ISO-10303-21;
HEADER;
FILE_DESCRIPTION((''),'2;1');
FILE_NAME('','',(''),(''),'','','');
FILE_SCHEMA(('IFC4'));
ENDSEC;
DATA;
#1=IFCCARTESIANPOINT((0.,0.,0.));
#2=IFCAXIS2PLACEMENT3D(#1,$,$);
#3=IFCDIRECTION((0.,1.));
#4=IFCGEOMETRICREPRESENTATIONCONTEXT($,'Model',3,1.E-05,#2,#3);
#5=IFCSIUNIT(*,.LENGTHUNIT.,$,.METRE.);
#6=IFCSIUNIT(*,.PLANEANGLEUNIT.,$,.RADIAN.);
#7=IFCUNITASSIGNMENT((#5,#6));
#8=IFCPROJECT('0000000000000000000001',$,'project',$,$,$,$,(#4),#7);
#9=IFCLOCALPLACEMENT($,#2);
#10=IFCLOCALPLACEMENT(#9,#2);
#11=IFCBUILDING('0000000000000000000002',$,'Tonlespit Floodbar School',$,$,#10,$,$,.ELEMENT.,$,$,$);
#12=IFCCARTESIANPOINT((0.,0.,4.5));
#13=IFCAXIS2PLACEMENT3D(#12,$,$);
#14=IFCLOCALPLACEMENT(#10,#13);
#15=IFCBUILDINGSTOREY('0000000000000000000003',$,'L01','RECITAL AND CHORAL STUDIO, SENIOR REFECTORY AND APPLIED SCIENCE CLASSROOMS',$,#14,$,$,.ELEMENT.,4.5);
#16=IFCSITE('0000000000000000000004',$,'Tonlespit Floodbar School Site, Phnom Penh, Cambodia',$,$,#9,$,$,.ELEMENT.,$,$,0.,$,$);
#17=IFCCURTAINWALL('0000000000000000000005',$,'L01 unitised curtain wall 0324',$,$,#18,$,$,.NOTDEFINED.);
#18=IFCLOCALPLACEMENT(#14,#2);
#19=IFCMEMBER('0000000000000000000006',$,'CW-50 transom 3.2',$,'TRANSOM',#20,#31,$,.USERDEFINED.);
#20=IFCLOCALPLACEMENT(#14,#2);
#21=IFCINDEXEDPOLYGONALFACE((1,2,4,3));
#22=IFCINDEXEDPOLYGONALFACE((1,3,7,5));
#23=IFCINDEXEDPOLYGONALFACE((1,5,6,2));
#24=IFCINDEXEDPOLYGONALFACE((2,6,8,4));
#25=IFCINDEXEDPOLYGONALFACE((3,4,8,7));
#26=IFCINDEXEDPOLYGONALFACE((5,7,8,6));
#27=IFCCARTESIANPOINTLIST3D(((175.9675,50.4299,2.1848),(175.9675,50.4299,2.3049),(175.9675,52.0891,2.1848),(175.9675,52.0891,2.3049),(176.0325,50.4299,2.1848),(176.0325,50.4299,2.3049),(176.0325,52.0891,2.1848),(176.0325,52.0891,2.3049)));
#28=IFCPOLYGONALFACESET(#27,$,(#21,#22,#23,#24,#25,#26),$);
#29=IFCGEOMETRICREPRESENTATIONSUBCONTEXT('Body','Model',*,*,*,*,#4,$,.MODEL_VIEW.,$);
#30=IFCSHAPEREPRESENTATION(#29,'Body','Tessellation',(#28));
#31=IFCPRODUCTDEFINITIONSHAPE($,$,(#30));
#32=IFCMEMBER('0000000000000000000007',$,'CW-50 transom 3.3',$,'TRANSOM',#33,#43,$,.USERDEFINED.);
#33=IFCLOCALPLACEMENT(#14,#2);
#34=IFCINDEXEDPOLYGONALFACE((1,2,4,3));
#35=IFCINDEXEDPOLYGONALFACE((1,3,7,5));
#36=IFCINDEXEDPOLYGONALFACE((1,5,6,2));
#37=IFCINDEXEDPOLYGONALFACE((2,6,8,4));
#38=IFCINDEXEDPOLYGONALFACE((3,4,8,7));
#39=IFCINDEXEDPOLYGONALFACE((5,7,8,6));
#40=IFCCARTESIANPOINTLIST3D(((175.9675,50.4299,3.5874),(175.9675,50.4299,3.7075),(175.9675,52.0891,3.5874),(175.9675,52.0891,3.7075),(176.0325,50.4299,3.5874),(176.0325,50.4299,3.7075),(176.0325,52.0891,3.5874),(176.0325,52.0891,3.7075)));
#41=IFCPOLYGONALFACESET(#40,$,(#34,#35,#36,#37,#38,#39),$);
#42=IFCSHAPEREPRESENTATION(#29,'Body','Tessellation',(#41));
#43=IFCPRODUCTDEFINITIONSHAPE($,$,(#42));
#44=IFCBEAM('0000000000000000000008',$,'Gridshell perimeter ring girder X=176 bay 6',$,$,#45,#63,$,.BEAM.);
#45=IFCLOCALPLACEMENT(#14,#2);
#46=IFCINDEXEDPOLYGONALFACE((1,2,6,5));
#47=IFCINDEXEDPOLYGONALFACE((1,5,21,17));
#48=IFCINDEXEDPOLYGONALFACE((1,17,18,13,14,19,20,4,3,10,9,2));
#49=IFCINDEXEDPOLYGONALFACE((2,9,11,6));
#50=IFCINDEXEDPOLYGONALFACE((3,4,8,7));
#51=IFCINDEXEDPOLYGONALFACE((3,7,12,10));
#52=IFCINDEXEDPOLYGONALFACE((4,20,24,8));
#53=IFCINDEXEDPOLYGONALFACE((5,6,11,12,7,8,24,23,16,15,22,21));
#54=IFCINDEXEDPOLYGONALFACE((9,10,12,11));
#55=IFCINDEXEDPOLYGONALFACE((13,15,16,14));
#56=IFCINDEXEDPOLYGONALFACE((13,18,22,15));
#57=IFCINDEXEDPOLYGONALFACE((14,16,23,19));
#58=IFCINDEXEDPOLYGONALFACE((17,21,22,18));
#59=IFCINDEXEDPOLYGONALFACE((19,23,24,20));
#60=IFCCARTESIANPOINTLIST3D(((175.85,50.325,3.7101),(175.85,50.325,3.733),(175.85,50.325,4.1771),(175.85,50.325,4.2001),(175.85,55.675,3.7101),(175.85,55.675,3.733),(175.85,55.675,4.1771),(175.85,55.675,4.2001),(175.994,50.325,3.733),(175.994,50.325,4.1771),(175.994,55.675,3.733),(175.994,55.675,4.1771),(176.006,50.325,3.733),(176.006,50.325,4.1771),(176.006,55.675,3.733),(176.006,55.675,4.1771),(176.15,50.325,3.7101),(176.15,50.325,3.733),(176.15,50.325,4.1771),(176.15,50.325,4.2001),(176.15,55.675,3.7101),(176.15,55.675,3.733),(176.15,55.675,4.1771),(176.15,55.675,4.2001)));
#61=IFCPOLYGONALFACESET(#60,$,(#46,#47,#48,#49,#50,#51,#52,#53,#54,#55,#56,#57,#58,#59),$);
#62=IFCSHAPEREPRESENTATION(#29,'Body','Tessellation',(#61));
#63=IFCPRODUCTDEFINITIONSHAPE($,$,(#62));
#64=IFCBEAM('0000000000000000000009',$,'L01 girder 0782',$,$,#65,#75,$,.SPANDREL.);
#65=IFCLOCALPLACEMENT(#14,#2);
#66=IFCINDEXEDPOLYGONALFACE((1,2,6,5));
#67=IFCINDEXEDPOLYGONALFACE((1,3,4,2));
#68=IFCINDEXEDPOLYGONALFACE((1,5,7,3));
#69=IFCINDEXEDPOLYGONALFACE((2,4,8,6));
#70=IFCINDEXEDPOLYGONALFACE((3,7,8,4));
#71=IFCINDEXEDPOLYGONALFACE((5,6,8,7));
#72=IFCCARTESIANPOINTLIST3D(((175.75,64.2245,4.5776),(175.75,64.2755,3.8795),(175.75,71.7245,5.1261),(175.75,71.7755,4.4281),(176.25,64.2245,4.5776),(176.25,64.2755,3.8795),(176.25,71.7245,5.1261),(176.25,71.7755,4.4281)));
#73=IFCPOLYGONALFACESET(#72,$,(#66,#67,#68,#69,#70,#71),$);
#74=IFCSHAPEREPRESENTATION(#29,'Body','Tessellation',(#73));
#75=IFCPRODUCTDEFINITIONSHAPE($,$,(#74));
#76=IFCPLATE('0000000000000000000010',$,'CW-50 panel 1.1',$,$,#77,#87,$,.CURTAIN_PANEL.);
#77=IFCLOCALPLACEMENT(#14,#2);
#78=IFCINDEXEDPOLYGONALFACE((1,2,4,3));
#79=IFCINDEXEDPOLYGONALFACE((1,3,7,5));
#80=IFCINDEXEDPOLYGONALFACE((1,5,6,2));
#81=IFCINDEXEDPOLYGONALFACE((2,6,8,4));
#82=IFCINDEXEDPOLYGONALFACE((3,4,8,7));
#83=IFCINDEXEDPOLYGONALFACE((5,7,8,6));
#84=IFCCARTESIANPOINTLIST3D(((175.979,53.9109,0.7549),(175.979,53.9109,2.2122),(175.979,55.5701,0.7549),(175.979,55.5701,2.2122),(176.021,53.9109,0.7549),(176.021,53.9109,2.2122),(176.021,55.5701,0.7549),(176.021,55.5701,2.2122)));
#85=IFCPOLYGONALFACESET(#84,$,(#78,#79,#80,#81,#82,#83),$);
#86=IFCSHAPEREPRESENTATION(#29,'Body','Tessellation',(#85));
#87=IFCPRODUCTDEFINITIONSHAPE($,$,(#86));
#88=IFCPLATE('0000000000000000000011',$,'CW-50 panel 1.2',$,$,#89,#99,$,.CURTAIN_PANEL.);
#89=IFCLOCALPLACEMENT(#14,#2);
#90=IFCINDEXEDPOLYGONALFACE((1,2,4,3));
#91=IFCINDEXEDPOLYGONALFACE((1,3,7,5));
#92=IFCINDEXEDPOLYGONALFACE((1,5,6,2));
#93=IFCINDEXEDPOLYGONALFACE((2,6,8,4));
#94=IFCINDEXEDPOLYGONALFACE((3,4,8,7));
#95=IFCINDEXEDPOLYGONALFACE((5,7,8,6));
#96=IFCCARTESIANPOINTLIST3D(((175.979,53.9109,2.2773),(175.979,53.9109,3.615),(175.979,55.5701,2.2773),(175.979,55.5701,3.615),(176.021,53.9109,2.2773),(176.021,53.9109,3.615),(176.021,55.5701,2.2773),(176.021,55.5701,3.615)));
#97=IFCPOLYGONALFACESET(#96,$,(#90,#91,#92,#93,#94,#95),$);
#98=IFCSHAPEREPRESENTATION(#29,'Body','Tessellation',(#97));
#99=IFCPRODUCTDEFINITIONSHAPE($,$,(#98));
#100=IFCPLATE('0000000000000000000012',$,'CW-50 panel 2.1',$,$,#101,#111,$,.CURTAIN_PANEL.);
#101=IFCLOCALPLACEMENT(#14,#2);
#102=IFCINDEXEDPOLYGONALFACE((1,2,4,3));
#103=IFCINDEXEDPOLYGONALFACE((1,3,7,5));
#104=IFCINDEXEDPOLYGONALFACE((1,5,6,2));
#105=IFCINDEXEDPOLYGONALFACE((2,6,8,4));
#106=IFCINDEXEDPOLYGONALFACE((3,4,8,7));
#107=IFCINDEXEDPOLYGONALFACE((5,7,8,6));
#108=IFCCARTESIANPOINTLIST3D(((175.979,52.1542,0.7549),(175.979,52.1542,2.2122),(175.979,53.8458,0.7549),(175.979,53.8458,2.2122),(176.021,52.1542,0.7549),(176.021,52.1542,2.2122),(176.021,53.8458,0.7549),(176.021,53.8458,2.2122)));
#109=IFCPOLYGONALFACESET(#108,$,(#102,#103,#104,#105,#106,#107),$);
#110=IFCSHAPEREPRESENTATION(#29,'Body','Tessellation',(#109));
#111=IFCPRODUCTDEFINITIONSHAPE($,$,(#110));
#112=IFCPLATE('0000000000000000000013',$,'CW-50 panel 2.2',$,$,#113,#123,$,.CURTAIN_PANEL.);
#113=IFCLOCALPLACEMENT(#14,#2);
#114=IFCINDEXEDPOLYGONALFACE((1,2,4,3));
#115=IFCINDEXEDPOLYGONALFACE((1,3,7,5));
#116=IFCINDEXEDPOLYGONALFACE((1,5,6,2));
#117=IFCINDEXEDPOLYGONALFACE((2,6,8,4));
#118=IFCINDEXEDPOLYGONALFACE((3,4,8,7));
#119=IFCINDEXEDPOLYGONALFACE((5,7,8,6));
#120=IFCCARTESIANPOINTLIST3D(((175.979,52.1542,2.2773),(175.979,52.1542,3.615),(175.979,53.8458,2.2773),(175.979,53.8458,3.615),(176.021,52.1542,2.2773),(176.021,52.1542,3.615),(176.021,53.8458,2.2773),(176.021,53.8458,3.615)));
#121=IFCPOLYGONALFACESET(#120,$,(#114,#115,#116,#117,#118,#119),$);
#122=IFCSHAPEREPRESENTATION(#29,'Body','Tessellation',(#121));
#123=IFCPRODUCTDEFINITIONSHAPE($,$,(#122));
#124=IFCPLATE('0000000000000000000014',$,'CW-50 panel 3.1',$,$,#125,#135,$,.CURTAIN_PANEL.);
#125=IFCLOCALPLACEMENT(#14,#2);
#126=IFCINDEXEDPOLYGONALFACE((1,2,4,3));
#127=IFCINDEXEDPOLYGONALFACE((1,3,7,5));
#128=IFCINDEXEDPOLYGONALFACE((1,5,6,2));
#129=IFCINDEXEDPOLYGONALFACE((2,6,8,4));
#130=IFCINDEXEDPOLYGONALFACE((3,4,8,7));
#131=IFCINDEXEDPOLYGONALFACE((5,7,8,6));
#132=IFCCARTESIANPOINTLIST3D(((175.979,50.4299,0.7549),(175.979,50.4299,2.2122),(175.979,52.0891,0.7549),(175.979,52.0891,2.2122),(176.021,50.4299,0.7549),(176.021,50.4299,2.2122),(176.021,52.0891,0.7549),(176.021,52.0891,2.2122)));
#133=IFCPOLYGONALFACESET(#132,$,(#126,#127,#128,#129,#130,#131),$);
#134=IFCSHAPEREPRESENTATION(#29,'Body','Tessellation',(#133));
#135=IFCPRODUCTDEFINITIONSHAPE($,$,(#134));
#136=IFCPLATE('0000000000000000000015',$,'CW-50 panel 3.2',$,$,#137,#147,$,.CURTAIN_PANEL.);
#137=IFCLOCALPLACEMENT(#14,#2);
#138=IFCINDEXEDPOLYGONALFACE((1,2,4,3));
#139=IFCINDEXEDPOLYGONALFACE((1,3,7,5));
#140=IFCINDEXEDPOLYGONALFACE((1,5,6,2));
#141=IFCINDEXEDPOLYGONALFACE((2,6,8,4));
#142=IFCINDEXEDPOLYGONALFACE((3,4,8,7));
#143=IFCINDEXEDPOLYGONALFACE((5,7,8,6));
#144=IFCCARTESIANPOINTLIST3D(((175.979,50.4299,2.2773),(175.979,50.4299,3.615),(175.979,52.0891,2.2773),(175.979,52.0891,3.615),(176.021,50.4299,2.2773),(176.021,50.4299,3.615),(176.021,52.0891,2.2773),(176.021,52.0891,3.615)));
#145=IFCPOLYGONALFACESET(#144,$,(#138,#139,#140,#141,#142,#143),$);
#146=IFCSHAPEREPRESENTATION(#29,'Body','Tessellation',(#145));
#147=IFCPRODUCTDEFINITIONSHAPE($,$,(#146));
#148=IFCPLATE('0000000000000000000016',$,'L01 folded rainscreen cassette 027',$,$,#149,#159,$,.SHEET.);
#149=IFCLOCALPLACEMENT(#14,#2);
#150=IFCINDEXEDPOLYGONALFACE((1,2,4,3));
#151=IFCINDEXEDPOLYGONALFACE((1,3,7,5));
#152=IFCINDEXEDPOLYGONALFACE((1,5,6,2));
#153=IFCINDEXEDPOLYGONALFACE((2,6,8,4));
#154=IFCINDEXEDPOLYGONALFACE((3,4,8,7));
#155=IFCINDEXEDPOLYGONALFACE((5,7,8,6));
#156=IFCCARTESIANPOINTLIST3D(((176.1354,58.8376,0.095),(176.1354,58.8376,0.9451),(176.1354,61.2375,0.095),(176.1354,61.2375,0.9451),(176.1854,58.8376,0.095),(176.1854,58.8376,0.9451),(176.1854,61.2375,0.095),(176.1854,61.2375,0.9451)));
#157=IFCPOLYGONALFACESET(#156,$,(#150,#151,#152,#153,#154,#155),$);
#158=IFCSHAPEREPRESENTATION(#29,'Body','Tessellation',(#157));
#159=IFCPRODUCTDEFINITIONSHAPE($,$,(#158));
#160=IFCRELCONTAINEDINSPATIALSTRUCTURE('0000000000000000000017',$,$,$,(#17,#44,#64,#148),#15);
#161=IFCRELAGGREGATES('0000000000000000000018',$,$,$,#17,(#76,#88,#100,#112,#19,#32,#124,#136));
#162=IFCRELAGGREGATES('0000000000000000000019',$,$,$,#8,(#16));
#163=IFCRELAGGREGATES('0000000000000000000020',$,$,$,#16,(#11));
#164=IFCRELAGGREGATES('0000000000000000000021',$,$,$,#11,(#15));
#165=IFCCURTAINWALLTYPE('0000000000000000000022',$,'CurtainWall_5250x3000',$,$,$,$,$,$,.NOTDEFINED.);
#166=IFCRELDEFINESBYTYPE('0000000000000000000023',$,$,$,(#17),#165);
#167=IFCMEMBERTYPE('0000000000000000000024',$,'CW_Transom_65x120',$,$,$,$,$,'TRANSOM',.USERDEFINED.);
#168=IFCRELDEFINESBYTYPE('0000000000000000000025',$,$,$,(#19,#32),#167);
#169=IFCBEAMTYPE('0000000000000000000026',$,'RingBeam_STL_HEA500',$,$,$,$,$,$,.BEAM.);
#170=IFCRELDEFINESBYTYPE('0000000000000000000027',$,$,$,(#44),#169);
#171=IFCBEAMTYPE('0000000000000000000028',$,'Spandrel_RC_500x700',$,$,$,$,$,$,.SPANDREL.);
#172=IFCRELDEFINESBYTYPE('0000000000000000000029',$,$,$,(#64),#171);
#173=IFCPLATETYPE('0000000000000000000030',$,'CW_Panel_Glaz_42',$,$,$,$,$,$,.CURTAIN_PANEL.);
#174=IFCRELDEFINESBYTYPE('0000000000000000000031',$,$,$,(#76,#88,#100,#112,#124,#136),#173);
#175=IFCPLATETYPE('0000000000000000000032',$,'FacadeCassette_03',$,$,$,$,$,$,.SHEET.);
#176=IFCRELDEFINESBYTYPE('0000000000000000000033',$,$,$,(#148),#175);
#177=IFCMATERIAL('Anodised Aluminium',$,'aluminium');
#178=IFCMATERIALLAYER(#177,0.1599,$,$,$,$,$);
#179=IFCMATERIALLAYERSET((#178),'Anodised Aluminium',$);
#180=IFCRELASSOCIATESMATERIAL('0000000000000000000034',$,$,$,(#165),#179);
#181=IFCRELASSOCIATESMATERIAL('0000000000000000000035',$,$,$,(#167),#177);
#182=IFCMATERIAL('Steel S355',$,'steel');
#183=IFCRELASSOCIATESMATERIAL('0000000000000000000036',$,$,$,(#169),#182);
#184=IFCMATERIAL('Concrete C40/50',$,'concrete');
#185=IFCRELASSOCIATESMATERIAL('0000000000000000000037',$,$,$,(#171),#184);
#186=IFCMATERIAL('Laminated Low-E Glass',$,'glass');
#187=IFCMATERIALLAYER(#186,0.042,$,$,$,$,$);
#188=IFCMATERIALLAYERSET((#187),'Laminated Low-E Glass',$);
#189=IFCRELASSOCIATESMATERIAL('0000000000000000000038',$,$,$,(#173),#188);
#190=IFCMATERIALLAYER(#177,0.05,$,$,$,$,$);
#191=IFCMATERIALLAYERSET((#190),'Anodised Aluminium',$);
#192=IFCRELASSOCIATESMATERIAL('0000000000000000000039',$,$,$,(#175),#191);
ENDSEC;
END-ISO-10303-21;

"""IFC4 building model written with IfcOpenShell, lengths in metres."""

from ifc_helpers import new_model, si_unit, direction, frame, origin, origin_2d, place, context, subcontext, project, spatial, rectangle, i_section, extrude, material, layer, layer_set, material_profile, profile_set, type_object, element, aggregate, save


model = new_model("IFC4")

# Units and contexts
model_context = context("Model", 3, precision=1e-05, world=origin(), true_north=direction((0.0, 1.0)))
body_context = subcontext(model_context, "Body", "Model", "MODEL_VIEW")
ifc_project = project(units=[si_unit("LENGTHUNIT", "METRE"), si_unit("PLANEANGLEUNIT", "RADIAN")], contexts=[model_context])

# Site, building, storey
site_placement = place(None, origin())
site = spatial("IfcSite", under=ifc_project, at=site_placement, Name="Tonlespit Floodbar School Site, Phnom Penh, Cambodia", CompositionType="ELEMENT", RefElevation=0.0)
building_placement = place(site_placement, origin())
building = spatial("IfcBuilding", under=site, at=building_placement, Name="Tonlespit Floodbar School", CompositionType="ELEMENT")
storey_placement = place(building_placement, frame((0.0, 0.0, 4.5)))
storey = spatial("IfcBuildingStorey", under=building, at=storey_placement, Name="L01", Description="RECITAL AND CHORAL STUDIO, SENIOR REFECTORY AND APPLIED SCIENCE CLASSROOMS", CompositionType="ELEMENT", Elevation=4.5)

# Shared definitions
ifc_material_1 = material(Name="Concrete C40/50", Category="concrete")

# Curtain wall, members
ifc_material_2 = material(Name="Anodised Aluminium", Category="aluminium")
ifc_layer_1 = layer(ifc_material_2, 0.1599)
ifc_layer_set_1 = layer_set([ifc_layer_1], Name="Anodised Aluminium")
curtain_wall_type = type_object("IfcCurtainWallType", Name="CurtainWall_5250x3000", PredefinedType="NOTDEFINED", material=ifc_layer_set_1)
curtain_wall_placement = place(storey_placement, origin())
curtain_wall = element("IfcCurtainWall", 1, at=curtain_wall_placement, inside=storey, type_object=curtain_wall_type, Name="L01 unitised curtain wall 0324", PredefinedType="NOTDEFINED")
ifc_material_profile_1 = material_profile(ifc_material_2, rectangle(XDim=0.0649, YDim=0.1201, at=origin_2d()), Name="ALU T65x120")
ifc_profile_set_1 = profile_set([ifc_material_profile_1], Name="Anodised Aluminium")
member_type_1 = type_object("IfcMemberType", Name="CW_Transom_65x120", ElementType="TRANSOM", PredefinedType="USERDEFINED", material=ifc_profile_set_1)
member_1_placement = place(storey_placement, frame((176.0, 52.0891, 2.2449), z_axis=(0.0, -1.0, 0.0), x_axis=(1.0, 0.0, 0.0)))
member_1 = element("IfcMember", 2, at=member_1_placement, type_object=member_type_1, Name="CW-50 transom 3.2", ObjectType="TRANSOM", PredefinedType="USERDEFINED", context=body_context, shape_type="SweptSolid", body=[
    extrude(rectangle(XDim=0.0649, YDim=0.1201, at=origin_2d()), origin(), (0.0, 0.0, 1.0), 1.6592),
])
member_2_placement = place(storey_placement, frame((176.0, 52.0891, 3.6475), z_axis=(0.0, -1.0, 0.0), x_axis=(1.0, 0.0, 0.0)))
member_2 = element("IfcMember", 3, at=member_2_placement, type_object=member_type_1, Name="CW-50 transom 3.3", ObjectType="TRANSOM", PredefinedType="USERDEFINED", context=body_context, shape_type="SweptSolid", body=[
    extrude(rectangle(XDim=0.0649, YDim=0.1201, at=origin_2d()), origin(), (0.0, 0.0, 1.0), 1.6592),
])

# Beams
ifc_material_3 = material(Name="Steel S355", Category="steel")
ifc_material_profile_2 = material_profile(ifc_material_3, i_section(OverallWidth=0.3, OverallDepth=0.49, WebThickness=0.012, FlangeThickness=0.0229, at=origin_2d()), Name="HEA 500")
ifc_profile_set_2 = profile_set([ifc_material_profile_2], Name="Steel S355")
beam_type_1 = type_object("IfcBeamType", Name="RingBeam_STL_HEA500", PredefinedType="BEAM", material=ifc_profile_set_2)
beam_1_placement = place(storey_placement, frame((176.0, 50.325, 3.9551), z_axis=(0.0, 1.0, 0.0), x_axis=(-1.0, 0.0, 0.0)))
element("IfcBeam", 4, at=beam_1_placement, inside=storey, type_object=beam_type_1, Name="Gridshell perimeter ring girder X=176 bay 6", PredefinedType="BEAM", context=body_context, shape_type="SweptSolid", body=[
    extrude(i_section(OverallWidth=0.3, OverallDepth=0.49, WebThickness=0.012, FlangeThickness=0.0229, at=origin_2d()), origin(), (0.0, 0.0, 1.0), 5.3501),
])
ifc_material_profile_3 = material_profile(ifc_material_1, rectangle(XDim=0.5, YDim=0.7, at=origin_2d()), Name="RC 500x700")
ifc_profile_set_3 = profile_set([ifc_material_profile_3], Name="Concrete C40/50")
beam_type_2 = type_object("IfcBeamType", Name="Spandrel_RC_500x700", PredefinedType="SPANDREL", material=ifc_profile_set_3)
beam_2_placement = place(storey_placement, frame((176.0, 64.25, 4.2285), z_axis=(0.0, 0.997336, 0.07295), x_axis=(-1.0, 0.0, 0.0)))
element("IfcBeam", 5, at=beam_2_placement, inside=storey, type_object=beam_type_2, Name="L01 girder 0782", PredefinedType="SPANDREL", context=body_context, shape_type="SweptSolid", body=[
    extrude(rectangle(XDim=0.5, YDim=0.7, at=origin_2d()), origin(), (0.0, 0.0, 1.0), 7.52),
])

# Plates
ifc_material_4 = material(Name="Laminated Low-E Glass", Category="glass")
ifc_layer_2 = layer(ifc_material_4, 0.042)
ifc_layer_set_2 = layer_set([ifc_layer_2], Name="Laminated Low-E Glass")
plate_type_1 = type_object("IfcPlateType", Name="CW_Panel_Glaz_42", PredefinedType="CURTAIN_PANEL", material=ifc_layer_set_2)
plate_1_placement = place(storey_placement, frame((176.0, 54.7405, 0.7549), z_axis=(0.0, 0.0, 1.0), x_axis=(0.0, -1.0, 0.0)))
plate_1 = element("IfcPlate", 6, at=plate_1_placement, type_object=plate_type_1, Name="CW-50 panel 1.1", PredefinedType="CURTAIN_PANEL", context=body_context, shape_type="SweptSolid", body=[
    extrude(rectangle(XDim=1.6592, YDim=0.042, at=origin_2d()), origin(), (0.0, 0.0, 1.0), 1.4573),
])
plate_2_placement = place(storey_placement, frame((176.0, 54.7405, 2.2773), z_axis=(0.0, 0.0, 1.0), x_axis=(0.0, -1.0, 0.0)))
plate_2 = element("IfcPlate", 7, at=plate_2_placement, type_object=plate_type_1, Name="CW-50 panel 1.2", PredefinedType="CURTAIN_PANEL", context=body_context, shape_type="SweptSolid", body=[
    extrude(rectangle(XDim=1.6592, YDim=0.042, at=origin_2d()), origin(), (0.0, 0.0, 1.0), 1.3376),
])
plate_3_placement = place(storey_placement, frame((176.0, 53.0, 0.7549), z_axis=(0.0, 0.0, 1.0), x_axis=(0.0, -1.0, 0.0)))
plate_3 = element("IfcPlate", 8, at=plate_3_placement, type_object=plate_type_1, Name="CW-50 panel 2.1", PredefinedType="CURTAIN_PANEL", context=body_context, shape_type="SweptSolid", body=[
    extrude(rectangle(XDim=1.6917, YDim=0.042, at=origin_2d()), origin(), (0.0, 0.0, 1.0), 1.4573),
])
plate_4_placement = place(storey_placement, frame((176.0, 53.0, 2.2773), z_axis=(0.0, 0.0, 1.0), x_axis=(0.0, -1.0, 0.0)))
plate_4 = element("IfcPlate", 9, at=plate_4_placement, type_object=plate_type_1, Name="CW-50 panel 2.2", PredefinedType="CURTAIN_PANEL", context=body_context, shape_type="SweptSolid", body=[
    extrude(rectangle(XDim=1.6917, YDim=0.042, at=origin_2d()), origin(), (0.0, 0.0, 1.0), 1.3376),
])
plate_5_placement = place(storey_placement, frame((176.0, 51.2595, 0.7549), z_axis=(0.0, 0.0, 1.0), x_axis=(0.0, -1.0, 0.0)))
plate_5 = element("IfcPlate", 10, at=plate_5_placement, type_object=plate_type_1, Name="CW-50 panel 3.1", PredefinedType="CURTAIN_PANEL", context=body_context, shape_type="SweptSolid", body=[
    extrude(rectangle(XDim=1.6592, YDim=0.042, at=origin_2d()), origin(), (0.0, 0.0, 1.0), 1.4573),
])
plate_6_placement = place(storey_placement, frame((176.0, 51.2595, 2.2773), z_axis=(0.0, 0.0, 1.0), x_axis=(0.0, -1.0, 0.0)))
plate_6 = element("IfcPlate", 11, at=plate_6_placement, type_object=plate_type_1, Name="CW-50 panel 3.2", PredefinedType="CURTAIN_PANEL", context=body_context, shape_type="SweptSolid", body=[
    extrude(rectangle(XDim=1.6592, YDim=0.042, at=origin_2d()), origin(), (0.0, 0.0, 1.0), 1.3376),
])
aggregate(curtain_wall, [plate_1, plate_2, plate_3, plate_4, member_1, member_2, plate_5, plate_6])
ifc_layer_3 = layer(ifc_material_2, 0.05)
ifc_layer_set_3 = layer_set([ifc_layer_3], Name="Anodised Aluminium")
plate_type_2 = type_object("IfcPlateType", Name="FacadeCassette_03", PredefinedType="SHEET", material=ifc_layer_set_3)
plate_7_placement = place(storey_placement, frame((176.1604, 60.0376, 0.095), z_axis=(0.0, 0.0, 1.0), x_axis=(0.0, -1.0, 0.0)))
element("IfcPlate", 12, at=plate_7_placement, inside=storey, type_object=plate_type_2, Name="L01 folded rainscreen cassette 027", PredefinedType="SHEET", context=body_context, shape_type="SweptSolid", body=[
    extrude(rectangle(XDim=2.3999, YDim=0.05, at=origin_2d()), origin(), (0.0, 0.0, 1.0), 0.8501),
])

save(model, "model.ifc")
